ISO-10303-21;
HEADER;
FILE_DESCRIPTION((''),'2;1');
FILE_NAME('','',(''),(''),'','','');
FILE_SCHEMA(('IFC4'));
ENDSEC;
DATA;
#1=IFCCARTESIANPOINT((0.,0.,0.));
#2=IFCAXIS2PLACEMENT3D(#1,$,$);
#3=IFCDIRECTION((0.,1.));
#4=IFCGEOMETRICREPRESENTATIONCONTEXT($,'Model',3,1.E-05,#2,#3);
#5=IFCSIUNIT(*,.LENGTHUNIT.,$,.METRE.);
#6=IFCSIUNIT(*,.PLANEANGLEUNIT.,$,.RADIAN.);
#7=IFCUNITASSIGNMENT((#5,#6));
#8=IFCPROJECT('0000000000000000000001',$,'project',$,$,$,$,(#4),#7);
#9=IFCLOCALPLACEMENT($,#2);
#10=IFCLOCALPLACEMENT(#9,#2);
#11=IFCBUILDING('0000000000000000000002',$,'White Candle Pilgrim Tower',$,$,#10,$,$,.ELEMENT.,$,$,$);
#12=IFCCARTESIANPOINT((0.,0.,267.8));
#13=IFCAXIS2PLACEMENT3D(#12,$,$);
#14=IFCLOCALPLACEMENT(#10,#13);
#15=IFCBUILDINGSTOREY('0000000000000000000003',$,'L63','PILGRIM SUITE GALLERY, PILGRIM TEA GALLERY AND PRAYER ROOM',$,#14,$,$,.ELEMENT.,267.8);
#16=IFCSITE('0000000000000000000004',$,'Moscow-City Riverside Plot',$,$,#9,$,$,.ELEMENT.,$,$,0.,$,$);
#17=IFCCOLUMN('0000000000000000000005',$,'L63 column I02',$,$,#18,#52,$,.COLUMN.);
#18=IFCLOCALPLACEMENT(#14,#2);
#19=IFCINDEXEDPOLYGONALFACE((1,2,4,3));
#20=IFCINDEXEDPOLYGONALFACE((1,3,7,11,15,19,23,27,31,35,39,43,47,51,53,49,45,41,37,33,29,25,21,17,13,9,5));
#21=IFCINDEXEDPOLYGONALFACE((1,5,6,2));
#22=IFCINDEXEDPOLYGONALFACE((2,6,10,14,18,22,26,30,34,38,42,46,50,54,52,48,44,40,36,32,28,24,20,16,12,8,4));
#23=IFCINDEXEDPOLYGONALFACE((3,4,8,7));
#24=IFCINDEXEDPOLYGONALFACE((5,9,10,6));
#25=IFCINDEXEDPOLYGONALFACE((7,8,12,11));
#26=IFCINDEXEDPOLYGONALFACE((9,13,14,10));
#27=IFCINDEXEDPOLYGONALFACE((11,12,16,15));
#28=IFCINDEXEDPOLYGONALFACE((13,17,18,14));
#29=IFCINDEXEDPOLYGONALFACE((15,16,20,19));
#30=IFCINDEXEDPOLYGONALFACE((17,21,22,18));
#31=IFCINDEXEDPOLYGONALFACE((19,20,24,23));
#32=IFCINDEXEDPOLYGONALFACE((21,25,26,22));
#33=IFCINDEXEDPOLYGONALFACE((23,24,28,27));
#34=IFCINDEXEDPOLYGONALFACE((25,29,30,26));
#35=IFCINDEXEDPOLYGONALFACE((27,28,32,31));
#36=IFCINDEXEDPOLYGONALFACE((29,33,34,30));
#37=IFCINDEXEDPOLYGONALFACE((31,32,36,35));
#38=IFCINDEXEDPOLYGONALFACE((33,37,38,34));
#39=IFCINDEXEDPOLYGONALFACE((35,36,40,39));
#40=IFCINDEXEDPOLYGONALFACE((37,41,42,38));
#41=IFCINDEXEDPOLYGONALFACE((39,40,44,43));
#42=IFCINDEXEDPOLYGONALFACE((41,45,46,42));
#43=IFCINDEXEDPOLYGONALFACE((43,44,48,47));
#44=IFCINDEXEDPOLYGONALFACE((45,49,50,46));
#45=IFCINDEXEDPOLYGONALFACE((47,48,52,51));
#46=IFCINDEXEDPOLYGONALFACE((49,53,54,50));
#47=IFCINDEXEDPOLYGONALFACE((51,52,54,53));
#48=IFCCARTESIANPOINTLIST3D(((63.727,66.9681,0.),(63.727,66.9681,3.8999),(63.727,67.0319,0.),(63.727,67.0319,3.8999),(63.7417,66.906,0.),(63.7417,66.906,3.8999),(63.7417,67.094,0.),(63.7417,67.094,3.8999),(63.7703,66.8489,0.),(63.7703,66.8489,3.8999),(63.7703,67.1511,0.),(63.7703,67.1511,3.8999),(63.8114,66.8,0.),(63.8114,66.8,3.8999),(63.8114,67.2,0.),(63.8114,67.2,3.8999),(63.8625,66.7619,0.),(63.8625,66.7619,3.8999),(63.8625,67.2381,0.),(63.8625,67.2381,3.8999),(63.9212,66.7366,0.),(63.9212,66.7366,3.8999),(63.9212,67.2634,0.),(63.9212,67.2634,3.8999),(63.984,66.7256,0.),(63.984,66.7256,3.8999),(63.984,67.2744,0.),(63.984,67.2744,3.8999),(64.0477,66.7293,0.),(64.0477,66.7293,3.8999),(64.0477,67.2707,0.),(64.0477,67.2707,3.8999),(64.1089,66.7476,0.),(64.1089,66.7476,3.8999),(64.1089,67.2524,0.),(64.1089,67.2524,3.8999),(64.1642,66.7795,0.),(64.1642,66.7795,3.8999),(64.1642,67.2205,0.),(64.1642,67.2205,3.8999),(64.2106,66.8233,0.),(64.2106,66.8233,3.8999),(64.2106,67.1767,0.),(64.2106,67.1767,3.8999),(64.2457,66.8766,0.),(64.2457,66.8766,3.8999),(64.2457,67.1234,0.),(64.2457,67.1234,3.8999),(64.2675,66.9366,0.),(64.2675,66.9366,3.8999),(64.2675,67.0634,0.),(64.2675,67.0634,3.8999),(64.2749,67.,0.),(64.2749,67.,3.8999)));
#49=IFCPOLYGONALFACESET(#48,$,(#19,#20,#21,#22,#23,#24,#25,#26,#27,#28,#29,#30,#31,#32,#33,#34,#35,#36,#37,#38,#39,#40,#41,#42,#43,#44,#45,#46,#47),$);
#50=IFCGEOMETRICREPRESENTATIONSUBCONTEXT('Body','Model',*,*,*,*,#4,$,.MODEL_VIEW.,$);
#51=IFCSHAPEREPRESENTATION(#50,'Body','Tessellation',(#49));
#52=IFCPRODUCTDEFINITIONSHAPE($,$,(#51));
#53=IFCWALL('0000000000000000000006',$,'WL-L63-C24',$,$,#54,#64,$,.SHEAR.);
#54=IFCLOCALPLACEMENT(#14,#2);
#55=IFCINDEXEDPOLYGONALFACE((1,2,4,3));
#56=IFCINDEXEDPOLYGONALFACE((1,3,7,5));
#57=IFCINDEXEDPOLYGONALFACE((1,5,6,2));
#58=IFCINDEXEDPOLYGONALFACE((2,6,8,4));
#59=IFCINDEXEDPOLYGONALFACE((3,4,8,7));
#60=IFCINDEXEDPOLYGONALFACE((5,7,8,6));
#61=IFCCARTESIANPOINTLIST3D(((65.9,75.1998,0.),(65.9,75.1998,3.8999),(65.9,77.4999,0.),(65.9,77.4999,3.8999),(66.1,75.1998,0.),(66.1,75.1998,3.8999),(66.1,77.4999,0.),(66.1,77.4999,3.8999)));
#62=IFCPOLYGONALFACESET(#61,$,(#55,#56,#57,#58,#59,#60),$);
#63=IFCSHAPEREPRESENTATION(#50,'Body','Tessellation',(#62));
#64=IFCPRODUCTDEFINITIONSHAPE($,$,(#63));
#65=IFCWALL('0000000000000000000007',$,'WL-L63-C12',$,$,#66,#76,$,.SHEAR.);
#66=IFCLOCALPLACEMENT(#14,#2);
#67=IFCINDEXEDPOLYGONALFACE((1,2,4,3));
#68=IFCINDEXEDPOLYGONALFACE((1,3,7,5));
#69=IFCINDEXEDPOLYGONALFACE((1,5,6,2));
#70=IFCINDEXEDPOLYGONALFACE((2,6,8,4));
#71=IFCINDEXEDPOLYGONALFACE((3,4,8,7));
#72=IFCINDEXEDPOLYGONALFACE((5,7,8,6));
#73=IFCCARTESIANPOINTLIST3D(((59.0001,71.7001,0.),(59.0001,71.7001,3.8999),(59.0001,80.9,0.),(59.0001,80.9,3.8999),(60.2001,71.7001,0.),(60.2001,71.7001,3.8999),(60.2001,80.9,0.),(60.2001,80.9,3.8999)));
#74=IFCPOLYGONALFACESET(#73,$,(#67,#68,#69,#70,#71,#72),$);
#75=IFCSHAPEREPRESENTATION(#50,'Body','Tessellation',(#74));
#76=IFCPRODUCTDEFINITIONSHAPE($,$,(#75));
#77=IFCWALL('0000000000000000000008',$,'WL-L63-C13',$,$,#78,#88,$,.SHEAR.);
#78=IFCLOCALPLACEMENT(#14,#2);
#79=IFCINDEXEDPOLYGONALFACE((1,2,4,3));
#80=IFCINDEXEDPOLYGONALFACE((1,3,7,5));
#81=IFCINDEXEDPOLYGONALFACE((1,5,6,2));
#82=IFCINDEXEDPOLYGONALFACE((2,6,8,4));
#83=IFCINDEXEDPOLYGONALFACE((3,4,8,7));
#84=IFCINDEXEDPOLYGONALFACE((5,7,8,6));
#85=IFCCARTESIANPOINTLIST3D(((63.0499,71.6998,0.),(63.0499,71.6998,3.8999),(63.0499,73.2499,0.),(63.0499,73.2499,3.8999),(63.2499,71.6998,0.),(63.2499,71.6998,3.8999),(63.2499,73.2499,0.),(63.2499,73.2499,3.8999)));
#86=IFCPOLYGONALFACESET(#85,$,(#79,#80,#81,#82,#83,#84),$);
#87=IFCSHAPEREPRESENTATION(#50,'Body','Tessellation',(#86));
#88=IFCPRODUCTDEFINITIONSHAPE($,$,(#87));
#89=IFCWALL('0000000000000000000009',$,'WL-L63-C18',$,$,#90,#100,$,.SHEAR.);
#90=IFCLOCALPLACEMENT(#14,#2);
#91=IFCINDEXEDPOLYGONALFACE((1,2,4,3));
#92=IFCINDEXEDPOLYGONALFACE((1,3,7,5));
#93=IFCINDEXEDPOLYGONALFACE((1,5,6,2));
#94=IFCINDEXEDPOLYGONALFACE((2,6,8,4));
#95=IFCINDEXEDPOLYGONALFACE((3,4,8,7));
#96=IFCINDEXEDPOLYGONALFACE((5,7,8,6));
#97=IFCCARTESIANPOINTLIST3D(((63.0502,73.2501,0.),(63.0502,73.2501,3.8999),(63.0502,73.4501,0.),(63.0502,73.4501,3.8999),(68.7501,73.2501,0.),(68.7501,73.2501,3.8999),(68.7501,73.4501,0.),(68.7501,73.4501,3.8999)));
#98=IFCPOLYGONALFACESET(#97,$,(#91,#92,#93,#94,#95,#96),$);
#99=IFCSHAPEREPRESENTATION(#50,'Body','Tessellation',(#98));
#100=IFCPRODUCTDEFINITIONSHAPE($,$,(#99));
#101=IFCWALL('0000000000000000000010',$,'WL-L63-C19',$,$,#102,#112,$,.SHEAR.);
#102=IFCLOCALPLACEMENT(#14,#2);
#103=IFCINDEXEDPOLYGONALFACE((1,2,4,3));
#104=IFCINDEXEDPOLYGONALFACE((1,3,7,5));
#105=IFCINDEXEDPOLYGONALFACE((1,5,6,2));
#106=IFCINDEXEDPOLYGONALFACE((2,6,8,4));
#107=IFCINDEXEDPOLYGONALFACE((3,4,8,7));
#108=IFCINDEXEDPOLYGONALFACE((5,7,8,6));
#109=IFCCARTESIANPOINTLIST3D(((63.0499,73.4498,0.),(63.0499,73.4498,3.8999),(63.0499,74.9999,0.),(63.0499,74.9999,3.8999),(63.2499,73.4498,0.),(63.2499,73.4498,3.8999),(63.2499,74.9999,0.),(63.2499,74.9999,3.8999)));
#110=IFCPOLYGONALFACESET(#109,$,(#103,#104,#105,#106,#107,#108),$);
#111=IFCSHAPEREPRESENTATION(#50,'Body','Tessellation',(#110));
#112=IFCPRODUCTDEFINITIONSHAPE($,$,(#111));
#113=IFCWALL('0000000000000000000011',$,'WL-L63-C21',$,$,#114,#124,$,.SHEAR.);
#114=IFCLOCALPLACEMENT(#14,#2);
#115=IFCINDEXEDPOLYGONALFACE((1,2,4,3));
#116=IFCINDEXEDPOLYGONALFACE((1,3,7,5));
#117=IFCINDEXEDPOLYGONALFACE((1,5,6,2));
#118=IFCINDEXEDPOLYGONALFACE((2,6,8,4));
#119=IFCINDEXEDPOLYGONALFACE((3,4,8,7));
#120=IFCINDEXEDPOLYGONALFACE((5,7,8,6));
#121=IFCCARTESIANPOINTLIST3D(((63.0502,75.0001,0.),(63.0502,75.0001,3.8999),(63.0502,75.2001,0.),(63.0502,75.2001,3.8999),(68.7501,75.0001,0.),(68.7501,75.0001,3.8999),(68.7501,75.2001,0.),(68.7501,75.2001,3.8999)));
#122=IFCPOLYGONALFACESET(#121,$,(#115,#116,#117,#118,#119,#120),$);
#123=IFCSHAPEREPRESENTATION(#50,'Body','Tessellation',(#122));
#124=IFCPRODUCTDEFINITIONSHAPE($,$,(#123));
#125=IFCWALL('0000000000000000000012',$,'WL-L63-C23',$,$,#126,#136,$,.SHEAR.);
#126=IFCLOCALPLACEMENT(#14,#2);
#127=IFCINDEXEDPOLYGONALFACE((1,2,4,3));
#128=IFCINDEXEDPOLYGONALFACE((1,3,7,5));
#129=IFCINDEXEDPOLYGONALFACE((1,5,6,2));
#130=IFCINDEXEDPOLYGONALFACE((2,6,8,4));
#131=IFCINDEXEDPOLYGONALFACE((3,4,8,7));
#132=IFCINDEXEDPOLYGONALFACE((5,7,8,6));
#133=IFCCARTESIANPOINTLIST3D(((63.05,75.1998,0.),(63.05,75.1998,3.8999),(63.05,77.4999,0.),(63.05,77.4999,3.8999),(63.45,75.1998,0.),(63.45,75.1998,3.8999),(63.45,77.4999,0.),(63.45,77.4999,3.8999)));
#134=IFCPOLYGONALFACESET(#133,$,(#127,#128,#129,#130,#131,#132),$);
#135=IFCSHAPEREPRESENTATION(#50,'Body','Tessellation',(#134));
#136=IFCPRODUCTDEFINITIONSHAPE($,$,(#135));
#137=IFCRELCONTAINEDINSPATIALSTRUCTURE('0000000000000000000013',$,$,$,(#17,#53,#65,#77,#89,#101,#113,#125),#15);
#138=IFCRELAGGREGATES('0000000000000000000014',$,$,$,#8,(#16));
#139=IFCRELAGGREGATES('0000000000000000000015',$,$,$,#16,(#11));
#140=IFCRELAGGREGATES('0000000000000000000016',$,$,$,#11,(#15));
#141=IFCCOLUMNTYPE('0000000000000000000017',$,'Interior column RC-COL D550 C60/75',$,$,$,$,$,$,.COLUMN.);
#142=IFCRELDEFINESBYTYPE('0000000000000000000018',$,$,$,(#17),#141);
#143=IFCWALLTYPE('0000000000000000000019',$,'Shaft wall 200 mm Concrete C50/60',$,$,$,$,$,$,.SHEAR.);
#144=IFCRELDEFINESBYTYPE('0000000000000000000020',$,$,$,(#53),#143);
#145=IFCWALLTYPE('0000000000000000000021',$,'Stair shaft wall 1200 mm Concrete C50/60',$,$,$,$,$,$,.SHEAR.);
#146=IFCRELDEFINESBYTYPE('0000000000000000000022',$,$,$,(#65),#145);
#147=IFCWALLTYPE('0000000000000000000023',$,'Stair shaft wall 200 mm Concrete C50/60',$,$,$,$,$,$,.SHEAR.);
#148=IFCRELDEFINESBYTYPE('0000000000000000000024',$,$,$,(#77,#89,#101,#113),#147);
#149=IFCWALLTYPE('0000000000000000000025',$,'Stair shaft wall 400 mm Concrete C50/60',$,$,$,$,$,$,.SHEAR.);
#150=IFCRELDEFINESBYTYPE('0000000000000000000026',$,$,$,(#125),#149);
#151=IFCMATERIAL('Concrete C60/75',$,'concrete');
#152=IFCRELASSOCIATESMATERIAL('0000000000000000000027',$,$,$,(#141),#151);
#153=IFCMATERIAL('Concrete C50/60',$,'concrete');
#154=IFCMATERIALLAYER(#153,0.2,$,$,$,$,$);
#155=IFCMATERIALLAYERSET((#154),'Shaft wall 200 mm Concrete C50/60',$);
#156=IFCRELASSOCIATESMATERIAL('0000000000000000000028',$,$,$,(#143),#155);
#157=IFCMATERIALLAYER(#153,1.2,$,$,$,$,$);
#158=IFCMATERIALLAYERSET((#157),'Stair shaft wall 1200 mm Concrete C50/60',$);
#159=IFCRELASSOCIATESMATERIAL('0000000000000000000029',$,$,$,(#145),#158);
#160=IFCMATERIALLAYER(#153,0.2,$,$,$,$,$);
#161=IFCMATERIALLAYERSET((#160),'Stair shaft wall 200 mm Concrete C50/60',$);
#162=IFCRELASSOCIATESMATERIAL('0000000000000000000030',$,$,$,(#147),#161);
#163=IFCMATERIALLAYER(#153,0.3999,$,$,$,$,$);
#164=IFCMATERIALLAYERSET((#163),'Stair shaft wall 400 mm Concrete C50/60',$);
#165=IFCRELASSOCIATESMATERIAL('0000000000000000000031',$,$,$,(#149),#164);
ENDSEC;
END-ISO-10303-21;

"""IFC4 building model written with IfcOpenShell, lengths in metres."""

from ifc_helpers import new_model, si_unit, direction, frame, frame_2d, origin, origin_2d, place, context, subcontext, project, spatial, rectangle, circle, extrude, material, layer, layer_set, material_profile, profile_set, type_object, element, save


model = new_model("IFC4")

# Units and contexts
model_context = context("Model", 3, precision=1e-05, world=origin(), true_north=direction((0.0, 1.0)))
body_context = subcontext(model_context, "Body", "Model", "MODEL_VIEW")
ifc_project = project(units=[si_unit("LENGTHUNIT", "METRE"), si_unit("PLANEANGLEUNIT", "RADIAN")], contexts=[model_context])

# Site, building, storey
site_placement = place(None, origin())
site = spatial("IfcSite", under=ifc_project, at=site_placement, Name="Moscow-City Riverside Plot", CompositionType="ELEMENT", RefElevation=0.0)
building_placement = place(site_placement, origin())
building = spatial("IfcBuilding", under=site, at=building_placement, Name="White Candle Pilgrim Tower", CompositionType="ELEMENT")
storey_placement = place(building_placement, frame((0.0, 0.0, 267.8)))
storey = spatial("IfcBuildingStorey", under=building, at=storey_placement, Name="L63", Description="PILGRIM SUITE GALLERY, PILGRIM TEA GALLERY AND PRAYER ROOM", CompositionType="ELEMENT", Elevation=267.8)

# Column
ifc_material_1 = material(Name="Concrete C60/75", Category="concrete")
ifc_material_profile = material_profile(ifc_material_1, circle(Radius=0.2749, at=origin_2d()), Name="RC-COL D550")
ifc_profile_set = profile_set([ifc_material_profile], Name="Concrete C60/75")
column_type = type_object("IfcColumnType", Name="Interior column RC-COL D550 C60/75", PredefinedType="COLUMN", material=ifc_profile_set)
column_placement = place(storey_placement, frame((64.0, 67.0, 0.0), z_axis=(0.0, 0.0, 1.0), x_axis=(1.0, 0.0, 0.0)))
element("IfcColumn", 1, at=column_placement, inside=storey, type_object=column_type, Name="L63 column I02", PredefinedType="COLUMN", context=body_context, shape_type="SweptSolid", body=[
    extrude(circle(Radius=0.2749, at=origin_2d()), origin(), (0.0, 0.0, 1.0), 3.8999),
])

# Walls
ifc_material_2 = material(Name="Concrete C50/60", Category="concrete")
ifc_layer_1 = layer(ifc_material_2, 0.2)
ifc_layer_set_1 = layer_set([ifc_layer_1], Name="Shaft wall 200 mm Concrete C50/60")
wall_type_1 = type_object("IfcWallType", Name="Shaft wall 200 mm Concrete C50/60", PredefinedType="SHEAR", material=ifc_layer_set_1)
wall_1_placement = place(storey_placement, frame((66.0, 75.2, 0.0), z_axis=(0.0, 0.0, 1.0), x_axis=(0.0, 1.0, 0.0)))
element("IfcWall", 2, at=wall_1_placement, inside=storey, type_object=wall_type_1, Name="WL-L63-C24", PredefinedType="SHEAR", context=body_context, shape_type="SweptSolid", body=[
    extrude(rectangle(XDim=2.3, YDim=0.2, at=frame_2d((1.1499, 0.0))), origin(), (0.0, 0.0, 1.0), 3.8999),
])
ifc_layer_2 = layer(ifc_material_2, 1.2)
ifc_layer_set_2 = layer_set([ifc_layer_2], Name="Stair shaft wall 1200 mm Concrete C50/60")
wall_type_2 = type_object("IfcWallType", Name="Stair shaft wall 1200 mm Concrete C50/60", PredefinedType="SHEAR", material=ifc_layer_set_2)
wall_2_placement = place(storey_placement, frame((59.6001, 71.7, 0.0), z_axis=(0.0, 0.0, 1.0), x_axis=(0.0, 1.0, 0.0)))
element("IfcWall", 3, at=wall_2_placement, inside=storey, type_object=wall_type_2, Name="WL-L63-C12", PredefinedType="SHEAR", context=body_context, shape_type="SweptSolid", body=[
    extrude(rectangle(XDim=9.2, YDim=1.2, at=frame_2d((4.6001, 0.0))), origin(), (0.0, 0.0, 1.0), 3.8999),
])
ifc_layer_3 = layer(ifc_material_2, 0.2)
ifc_layer_set_3 = layer_set([ifc_layer_3], Name="Stair shaft wall 200 mm Concrete C50/60")
wall_type_3 = type_object("IfcWallType", Name="Stair shaft wall 200 mm Concrete C50/60", PredefinedType="SHEAR", material=ifc_layer_set_3)
wall_3_placement = place(storey_placement, frame((63.1499, 71.7, 0.0), z_axis=(0.0, 0.0, 1.0), x_axis=(0.0, 1.0, 0.0)))
element("IfcWall", 4, at=wall_3_placement, inside=storey, type_object=wall_type_3, Name="WL-L63-C13", PredefinedType="SHEAR", context=body_context, shape_type="SweptSolid", body=[
    extrude(rectangle(XDim=1.55, YDim=0.2, at=frame_2d((0.7749, 0.0))), origin(), (0.0, 0.0, 1.0), 3.8999),
])
wall_4_placement = place(storey_placement, frame((63.05, 73.3501, 0.0), z_axis=(0.0, 0.0, 1.0), x_axis=(1.0, 0.0, 0.0)))
element("IfcWall", 5, at=wall_4_placement, inside=storey, type_object=wall_type_3, Name="WL-L63-C18", PredefinedType="SHEAR", context=body_context, shape_type="SweptSolid", body=[
    extrude(rectangle(XDim=5.7, YDim=0.2, at=frame_2d((2.8501, 0.0))), origin(), (0.0, 0.0, 1.0), 3.8999),
])
wall_5_placement = place(storey_placement, frame((63.1499, 73.45, 0.0), z_axis=(0.0, 0.0, 1.0), x_axis=(0.0, 1.0, 0.0)))
element("IfcWall", 6, at=wall_5_placement, inside=storey, type_object=wall_type_3, Name="WL-L63-C19", PredefinedType="SHEAR", context=body_context, shape_type="SweptSolid", body=[
    extrude(rectangle(XDim=1.55, YDim=0.2, at=frame_2d((0.7749, 0.0))), origin(), (0.0, 0.0, 1.0), 3.8999),
])
wall_6_placement = place(storey_placement, frame((63.05, 75.1001, 0.0), z_axis=(0.0, 0.0, 1.0), x_axis=(1.0, 0.0, 0.0)))
element("IfcWall", 7, at=wall_6_placement, inside=storey, type_object=wall_type_3, Name="WL-L63-C21", PredefinedType="SHEAR", context=body_context, shape_type="SweptSolid", body=[
    extrude(rectangle(XDim=5.7, YDim=0.2, at=frame_2d((2.8501, 0.0))), origin(), (0.0, 0.0, 1.0), 3.8999),
])
ifc_layer_4 = layer(ifc_material_2, 0.3999)
ifc_layer_set_4 = layer_set([ifc_layer_4], Name="Stair shaft wall 400 mm Concrete C50/60")
wall_type_4 = type_object("IfcWallType", Name="Stair shaft wall 400 mm Concrete C50/60", PredefinedType="SHEAR", material=ifc_layer_set_4)
wall_7_placement = place(storey_placement, frame((63.25, 75.2, 0.0), z_axis=(0.0, 0.0, 1.0), x_axis=(0.0, 1.0, 0.0)))
element("IfcWall", 8, at=wall_7_placement, inside=storey, type_object=wall_type_4, Name="WL-L63-C23", PredefinedType="SHEAR", context=body_context, shape_type="SweptSolid", body=[
    extrude(rectangle(XDim=2.3, YDim=0.3999, at=frame_2d((1.1499, 0.0))), origin(), (0.0, 0.0, 1.0), 3.8999),
])

save(model, "model.ifc")
